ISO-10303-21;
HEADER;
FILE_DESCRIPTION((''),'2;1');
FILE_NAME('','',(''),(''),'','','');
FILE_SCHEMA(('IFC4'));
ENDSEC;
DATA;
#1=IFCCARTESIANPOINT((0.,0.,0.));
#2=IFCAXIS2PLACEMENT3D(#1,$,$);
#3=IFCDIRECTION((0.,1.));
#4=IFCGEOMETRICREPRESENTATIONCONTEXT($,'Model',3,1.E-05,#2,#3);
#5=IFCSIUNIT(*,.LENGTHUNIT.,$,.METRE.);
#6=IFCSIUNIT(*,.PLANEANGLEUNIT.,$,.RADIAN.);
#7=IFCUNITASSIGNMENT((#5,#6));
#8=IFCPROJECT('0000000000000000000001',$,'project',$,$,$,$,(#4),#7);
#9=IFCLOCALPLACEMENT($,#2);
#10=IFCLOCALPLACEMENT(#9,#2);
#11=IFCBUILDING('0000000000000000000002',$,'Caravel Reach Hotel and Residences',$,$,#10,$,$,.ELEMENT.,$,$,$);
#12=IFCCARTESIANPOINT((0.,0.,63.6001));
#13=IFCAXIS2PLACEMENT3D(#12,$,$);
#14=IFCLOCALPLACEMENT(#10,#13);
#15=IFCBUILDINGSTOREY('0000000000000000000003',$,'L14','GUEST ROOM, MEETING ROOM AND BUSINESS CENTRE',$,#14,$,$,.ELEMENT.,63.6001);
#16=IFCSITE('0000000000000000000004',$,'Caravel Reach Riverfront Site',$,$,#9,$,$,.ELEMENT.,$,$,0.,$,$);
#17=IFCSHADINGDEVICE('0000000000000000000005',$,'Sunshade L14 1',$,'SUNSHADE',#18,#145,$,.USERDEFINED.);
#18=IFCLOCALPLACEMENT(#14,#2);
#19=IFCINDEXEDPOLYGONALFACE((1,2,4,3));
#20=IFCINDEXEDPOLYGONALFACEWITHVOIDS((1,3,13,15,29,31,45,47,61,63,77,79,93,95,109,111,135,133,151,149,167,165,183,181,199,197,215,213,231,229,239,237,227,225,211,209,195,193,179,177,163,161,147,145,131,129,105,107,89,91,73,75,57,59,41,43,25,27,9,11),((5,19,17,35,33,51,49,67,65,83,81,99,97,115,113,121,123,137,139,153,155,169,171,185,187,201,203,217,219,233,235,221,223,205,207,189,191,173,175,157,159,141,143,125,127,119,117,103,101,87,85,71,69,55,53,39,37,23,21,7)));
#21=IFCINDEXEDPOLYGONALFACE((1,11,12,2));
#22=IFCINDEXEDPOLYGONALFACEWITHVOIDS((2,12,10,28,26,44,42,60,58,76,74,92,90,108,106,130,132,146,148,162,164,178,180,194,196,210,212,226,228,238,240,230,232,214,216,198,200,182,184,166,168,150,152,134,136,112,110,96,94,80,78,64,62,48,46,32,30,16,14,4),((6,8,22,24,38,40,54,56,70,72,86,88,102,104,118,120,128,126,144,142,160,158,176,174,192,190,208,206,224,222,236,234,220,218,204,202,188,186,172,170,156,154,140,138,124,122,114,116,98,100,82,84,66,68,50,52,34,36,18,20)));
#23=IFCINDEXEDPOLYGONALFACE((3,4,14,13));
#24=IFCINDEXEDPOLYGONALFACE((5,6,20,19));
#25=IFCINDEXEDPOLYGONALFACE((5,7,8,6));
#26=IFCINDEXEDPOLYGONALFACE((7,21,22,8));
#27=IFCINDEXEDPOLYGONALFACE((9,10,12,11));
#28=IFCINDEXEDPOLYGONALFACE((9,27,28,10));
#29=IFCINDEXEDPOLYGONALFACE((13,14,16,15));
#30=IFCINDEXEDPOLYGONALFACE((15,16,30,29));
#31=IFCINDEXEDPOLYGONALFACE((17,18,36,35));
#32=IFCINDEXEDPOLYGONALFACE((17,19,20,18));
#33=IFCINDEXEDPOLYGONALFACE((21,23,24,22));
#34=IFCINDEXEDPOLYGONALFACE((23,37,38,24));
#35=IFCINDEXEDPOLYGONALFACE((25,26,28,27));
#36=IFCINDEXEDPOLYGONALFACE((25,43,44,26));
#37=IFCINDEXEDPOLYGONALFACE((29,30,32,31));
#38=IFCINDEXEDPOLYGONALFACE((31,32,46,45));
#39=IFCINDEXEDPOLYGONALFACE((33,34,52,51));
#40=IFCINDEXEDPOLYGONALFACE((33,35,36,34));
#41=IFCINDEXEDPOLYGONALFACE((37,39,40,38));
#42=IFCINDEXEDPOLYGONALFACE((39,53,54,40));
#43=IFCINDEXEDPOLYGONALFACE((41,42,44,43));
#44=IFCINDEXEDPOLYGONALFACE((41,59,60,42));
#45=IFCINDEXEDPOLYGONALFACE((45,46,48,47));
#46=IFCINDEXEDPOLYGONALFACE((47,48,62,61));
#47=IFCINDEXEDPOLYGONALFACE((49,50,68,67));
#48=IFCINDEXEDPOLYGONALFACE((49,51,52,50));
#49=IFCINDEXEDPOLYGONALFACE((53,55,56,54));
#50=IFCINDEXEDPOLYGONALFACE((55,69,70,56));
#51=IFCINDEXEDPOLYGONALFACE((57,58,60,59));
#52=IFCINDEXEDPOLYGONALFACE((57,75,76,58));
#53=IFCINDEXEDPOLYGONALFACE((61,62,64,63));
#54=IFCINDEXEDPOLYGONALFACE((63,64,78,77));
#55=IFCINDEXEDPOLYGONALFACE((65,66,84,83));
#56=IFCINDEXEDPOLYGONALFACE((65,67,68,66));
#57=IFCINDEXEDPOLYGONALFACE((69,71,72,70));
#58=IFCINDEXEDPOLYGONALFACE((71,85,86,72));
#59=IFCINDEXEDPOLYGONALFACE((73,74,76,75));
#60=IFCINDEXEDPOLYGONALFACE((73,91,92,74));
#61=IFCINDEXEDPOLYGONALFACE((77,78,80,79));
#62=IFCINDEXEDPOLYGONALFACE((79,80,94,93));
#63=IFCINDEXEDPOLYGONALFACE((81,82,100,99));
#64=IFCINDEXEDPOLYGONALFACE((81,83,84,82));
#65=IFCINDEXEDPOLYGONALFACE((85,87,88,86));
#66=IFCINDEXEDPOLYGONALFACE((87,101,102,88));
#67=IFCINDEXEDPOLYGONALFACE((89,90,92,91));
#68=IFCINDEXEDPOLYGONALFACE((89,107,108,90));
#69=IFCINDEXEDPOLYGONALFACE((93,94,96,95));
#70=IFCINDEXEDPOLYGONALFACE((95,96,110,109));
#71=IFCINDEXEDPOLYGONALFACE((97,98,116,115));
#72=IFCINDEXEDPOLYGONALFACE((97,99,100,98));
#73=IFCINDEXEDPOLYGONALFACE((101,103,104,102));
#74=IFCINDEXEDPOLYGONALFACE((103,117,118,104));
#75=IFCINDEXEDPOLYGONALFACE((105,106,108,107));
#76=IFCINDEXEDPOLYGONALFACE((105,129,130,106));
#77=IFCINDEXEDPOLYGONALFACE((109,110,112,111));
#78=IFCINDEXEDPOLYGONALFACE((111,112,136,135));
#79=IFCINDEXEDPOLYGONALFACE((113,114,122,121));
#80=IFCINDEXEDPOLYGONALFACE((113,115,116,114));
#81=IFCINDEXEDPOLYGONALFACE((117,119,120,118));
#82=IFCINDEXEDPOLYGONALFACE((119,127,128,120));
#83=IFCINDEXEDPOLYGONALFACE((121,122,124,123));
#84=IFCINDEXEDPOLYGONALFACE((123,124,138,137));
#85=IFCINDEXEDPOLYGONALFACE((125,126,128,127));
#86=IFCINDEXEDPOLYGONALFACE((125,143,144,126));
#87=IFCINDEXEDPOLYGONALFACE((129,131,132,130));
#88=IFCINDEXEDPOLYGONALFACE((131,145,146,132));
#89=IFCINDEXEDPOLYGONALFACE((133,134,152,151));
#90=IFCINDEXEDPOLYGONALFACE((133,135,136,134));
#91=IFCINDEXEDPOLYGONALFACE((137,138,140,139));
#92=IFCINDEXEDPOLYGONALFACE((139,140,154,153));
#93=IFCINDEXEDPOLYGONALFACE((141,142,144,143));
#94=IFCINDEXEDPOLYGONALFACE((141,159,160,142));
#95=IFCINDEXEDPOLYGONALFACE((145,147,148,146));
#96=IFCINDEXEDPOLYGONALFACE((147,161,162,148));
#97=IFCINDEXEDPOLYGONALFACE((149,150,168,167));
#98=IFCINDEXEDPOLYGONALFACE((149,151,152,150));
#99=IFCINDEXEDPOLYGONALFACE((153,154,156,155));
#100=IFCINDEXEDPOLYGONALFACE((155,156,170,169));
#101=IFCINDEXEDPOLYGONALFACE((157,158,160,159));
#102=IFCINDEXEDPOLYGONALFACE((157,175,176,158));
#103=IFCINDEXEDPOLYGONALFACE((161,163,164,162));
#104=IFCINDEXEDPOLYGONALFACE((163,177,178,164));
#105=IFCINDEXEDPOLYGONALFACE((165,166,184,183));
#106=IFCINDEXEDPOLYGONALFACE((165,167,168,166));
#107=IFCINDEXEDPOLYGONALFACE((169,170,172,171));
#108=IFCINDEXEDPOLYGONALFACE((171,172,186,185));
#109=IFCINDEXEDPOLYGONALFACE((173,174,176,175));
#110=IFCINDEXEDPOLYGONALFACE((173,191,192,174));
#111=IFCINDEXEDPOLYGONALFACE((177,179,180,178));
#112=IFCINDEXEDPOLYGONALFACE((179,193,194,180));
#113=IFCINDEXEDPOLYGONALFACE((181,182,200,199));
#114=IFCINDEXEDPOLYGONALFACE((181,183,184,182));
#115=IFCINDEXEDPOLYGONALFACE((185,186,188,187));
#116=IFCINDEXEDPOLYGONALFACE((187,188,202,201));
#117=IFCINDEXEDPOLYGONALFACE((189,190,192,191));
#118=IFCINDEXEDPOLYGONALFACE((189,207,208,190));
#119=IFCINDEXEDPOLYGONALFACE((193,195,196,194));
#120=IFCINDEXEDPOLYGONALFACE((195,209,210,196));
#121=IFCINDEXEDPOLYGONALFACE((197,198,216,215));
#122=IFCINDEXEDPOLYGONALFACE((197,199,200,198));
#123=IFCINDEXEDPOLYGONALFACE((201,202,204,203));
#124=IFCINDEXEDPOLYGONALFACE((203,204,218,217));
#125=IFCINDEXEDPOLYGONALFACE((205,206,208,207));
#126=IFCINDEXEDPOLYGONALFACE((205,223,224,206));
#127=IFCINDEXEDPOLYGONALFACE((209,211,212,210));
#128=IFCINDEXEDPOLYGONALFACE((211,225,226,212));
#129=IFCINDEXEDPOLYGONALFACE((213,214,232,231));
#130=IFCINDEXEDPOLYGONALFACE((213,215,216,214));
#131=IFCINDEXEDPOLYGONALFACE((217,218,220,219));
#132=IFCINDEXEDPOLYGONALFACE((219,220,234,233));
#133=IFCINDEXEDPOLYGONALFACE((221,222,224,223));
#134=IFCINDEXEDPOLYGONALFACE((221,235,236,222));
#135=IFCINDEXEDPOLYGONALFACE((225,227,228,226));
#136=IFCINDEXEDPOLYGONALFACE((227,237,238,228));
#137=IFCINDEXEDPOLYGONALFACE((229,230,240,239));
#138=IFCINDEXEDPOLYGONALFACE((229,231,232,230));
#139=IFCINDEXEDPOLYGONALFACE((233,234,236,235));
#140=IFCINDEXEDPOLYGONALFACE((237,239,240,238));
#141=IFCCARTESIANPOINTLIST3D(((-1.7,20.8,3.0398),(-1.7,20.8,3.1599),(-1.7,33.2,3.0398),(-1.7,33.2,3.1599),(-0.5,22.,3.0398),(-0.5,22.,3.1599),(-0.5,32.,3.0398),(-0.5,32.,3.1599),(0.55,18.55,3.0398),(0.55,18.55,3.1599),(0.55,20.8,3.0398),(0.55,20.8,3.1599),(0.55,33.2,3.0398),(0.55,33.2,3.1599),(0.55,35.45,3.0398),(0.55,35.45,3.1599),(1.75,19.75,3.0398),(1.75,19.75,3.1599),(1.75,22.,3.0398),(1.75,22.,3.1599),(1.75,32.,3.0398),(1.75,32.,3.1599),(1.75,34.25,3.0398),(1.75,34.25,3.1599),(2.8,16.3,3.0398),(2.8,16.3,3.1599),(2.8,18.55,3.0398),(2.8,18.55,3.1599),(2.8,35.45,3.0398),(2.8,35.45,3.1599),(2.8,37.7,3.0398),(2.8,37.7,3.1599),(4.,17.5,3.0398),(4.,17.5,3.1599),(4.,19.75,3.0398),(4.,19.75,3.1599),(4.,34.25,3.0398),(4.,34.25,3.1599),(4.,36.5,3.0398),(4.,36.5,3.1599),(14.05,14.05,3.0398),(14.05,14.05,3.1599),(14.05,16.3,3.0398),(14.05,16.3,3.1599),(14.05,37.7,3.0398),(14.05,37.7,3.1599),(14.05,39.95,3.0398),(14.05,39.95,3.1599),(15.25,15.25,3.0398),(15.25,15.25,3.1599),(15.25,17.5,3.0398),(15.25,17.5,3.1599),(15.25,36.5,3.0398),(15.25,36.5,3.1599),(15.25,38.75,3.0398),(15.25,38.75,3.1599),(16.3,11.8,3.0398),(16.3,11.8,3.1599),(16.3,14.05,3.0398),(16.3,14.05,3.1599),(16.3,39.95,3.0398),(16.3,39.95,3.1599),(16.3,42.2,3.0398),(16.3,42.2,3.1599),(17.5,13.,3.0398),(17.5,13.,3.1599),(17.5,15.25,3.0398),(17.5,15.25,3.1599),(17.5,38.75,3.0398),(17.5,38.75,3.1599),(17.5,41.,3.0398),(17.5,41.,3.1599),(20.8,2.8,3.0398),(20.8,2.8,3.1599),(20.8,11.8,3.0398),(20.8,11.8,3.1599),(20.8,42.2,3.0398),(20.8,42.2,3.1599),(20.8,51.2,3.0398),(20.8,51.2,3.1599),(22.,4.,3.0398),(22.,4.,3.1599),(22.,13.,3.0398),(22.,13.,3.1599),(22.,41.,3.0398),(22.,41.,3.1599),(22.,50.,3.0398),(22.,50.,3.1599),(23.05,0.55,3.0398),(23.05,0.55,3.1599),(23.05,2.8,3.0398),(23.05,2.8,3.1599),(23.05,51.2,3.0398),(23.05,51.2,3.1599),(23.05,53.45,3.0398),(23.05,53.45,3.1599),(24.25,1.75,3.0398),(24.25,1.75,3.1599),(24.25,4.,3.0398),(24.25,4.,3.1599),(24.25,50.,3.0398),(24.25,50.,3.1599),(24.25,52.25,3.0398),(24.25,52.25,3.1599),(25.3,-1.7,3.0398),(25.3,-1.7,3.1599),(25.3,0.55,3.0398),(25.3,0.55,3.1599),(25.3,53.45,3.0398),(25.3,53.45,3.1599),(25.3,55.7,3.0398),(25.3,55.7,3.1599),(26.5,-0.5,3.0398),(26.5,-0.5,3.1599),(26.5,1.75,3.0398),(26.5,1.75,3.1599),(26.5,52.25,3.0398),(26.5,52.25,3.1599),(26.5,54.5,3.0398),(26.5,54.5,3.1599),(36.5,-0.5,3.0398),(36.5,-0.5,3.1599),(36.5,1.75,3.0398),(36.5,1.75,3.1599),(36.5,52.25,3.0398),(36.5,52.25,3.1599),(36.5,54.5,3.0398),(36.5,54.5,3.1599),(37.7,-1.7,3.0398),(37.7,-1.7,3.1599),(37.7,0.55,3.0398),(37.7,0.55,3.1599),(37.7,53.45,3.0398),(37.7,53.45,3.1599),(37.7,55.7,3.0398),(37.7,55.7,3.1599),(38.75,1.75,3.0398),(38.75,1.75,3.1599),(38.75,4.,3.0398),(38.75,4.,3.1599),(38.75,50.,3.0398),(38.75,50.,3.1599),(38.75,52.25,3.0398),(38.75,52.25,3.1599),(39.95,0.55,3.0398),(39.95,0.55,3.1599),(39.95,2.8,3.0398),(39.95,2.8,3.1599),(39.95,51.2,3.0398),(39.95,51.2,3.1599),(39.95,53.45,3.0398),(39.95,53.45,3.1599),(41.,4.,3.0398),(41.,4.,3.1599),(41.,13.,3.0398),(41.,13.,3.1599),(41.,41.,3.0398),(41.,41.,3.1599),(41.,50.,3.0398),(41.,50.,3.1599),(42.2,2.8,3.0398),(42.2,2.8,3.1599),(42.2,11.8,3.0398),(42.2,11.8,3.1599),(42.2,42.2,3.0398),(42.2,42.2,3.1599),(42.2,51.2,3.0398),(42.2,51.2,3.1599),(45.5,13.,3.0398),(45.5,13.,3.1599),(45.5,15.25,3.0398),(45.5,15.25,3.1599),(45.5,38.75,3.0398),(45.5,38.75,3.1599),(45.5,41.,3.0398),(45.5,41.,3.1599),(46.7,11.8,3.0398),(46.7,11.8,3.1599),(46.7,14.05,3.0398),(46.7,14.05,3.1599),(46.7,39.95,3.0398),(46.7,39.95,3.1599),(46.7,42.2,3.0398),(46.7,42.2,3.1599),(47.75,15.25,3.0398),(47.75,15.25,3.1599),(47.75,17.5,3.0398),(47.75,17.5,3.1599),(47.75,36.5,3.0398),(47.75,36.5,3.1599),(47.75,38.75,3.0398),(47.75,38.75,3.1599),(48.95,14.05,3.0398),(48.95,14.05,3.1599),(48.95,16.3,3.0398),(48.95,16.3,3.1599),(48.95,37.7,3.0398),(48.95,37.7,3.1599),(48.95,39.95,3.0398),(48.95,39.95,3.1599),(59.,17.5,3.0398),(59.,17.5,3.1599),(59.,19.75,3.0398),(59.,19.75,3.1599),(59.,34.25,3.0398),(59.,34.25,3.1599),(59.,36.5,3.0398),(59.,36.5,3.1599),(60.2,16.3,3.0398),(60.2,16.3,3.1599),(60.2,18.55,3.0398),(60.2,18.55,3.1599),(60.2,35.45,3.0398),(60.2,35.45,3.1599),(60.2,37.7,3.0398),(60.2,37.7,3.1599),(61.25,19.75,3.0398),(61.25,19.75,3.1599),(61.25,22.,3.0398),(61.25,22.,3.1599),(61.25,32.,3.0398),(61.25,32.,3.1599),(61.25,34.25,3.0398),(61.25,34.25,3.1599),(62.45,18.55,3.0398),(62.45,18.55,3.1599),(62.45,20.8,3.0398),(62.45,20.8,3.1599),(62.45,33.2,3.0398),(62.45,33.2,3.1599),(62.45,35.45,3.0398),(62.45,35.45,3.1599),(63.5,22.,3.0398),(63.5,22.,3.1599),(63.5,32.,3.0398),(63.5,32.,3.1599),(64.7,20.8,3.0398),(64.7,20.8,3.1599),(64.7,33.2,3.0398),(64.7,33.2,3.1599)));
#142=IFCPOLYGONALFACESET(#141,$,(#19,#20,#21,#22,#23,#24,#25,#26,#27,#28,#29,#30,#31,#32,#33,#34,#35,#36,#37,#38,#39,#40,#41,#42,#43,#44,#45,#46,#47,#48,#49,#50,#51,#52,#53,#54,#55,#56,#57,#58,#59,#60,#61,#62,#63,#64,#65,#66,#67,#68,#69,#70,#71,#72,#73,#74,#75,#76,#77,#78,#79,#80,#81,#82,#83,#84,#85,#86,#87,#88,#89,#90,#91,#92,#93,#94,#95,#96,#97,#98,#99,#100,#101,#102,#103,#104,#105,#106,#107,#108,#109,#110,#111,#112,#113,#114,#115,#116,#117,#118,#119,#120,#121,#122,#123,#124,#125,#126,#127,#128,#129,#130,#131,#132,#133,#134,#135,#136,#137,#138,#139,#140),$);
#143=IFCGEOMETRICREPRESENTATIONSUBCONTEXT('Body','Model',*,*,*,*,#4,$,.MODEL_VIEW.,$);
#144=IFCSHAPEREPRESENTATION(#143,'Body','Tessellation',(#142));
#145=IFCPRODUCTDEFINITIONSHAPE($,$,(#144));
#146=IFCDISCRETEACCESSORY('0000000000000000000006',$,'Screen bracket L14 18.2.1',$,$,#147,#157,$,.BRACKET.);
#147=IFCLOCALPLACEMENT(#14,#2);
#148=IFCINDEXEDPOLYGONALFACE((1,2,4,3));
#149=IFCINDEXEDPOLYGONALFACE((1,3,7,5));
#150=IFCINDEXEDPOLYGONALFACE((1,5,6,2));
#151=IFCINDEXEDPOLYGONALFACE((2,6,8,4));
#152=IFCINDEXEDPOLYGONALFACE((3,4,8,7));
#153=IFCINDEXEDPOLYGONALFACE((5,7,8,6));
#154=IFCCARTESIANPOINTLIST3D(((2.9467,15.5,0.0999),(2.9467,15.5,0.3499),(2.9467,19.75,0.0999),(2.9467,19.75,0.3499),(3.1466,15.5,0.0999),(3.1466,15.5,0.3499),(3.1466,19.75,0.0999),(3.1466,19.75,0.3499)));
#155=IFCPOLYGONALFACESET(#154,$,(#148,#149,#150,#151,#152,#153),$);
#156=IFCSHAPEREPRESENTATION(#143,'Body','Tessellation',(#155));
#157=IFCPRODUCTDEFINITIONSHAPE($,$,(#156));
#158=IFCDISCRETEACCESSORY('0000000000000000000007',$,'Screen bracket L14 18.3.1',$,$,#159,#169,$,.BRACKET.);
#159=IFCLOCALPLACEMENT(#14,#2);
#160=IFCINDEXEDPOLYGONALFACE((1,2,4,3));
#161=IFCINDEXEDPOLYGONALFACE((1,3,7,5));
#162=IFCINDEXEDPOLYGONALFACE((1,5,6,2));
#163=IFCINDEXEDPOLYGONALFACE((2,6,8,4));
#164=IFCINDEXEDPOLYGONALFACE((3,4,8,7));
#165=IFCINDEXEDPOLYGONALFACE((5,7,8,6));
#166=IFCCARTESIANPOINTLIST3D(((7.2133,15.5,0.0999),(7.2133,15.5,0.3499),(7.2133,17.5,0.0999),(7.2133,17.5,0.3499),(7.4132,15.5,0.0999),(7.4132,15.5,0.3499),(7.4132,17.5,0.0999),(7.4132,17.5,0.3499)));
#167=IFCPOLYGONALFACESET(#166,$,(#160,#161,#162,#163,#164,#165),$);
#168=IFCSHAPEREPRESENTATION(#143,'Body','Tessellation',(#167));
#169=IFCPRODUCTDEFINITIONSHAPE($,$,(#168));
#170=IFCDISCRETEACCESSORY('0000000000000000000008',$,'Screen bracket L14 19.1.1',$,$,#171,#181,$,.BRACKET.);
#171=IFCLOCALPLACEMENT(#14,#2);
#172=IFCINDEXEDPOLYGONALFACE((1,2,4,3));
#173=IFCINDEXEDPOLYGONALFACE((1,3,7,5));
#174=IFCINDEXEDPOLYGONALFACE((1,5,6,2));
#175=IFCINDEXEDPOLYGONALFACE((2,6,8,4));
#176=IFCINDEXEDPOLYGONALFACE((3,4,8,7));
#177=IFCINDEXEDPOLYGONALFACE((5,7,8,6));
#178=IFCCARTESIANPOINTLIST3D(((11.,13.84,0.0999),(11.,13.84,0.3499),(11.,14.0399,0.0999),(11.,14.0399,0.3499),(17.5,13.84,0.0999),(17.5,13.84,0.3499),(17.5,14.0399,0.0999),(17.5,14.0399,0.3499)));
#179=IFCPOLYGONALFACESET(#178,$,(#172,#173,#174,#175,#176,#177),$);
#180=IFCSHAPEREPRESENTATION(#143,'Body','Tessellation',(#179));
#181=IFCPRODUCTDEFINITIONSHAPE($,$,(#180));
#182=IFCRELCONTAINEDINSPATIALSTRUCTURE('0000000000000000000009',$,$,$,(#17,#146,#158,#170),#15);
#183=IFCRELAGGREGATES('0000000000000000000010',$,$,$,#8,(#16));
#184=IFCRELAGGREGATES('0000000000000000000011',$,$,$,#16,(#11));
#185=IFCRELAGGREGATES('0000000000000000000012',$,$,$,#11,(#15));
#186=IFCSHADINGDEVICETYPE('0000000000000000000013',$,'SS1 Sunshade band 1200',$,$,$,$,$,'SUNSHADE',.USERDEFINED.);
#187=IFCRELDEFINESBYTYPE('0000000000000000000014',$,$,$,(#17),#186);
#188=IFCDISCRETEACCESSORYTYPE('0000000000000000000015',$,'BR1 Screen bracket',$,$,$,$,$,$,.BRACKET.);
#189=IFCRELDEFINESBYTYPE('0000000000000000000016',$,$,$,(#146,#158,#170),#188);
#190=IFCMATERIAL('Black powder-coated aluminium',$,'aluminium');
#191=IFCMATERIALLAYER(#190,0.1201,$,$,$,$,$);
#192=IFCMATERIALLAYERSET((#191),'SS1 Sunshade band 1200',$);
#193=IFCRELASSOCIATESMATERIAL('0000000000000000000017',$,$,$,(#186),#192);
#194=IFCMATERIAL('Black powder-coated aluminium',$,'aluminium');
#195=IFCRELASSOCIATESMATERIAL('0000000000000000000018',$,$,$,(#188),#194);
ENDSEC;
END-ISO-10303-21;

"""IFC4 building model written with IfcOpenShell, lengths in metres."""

from ifc_helpers import new_model, si_unit, direction, frame, origin, origin_2d, place, context, subcontext, project, spatial, polyline, rectangle, outline, extrude, material, layer, layer_set, type_object, element, save


model = new_model("IFC4")

# Units and contexts
model_context = context("Model", 3, precision=1e-05, world=origin(), true_north=direction((0.0, 1.0)))
body_context = subcontext(model_context, "Body", "Model", "MODEL_VIEW")
ifc_project = project(units=[si_unit("LENGTHUNIT", "METRE"), si_unit("PLANEANGLEUNIT", "RADIAN")], contexts=[model_context])

# Site, building, storey
site_placement = place(None, origin())
site = spatial("IfcSite", under=ifc_project, at=site_placement, Name="Caravel Reach Riverfront Site", CompositionType="ELEMENT", RefElevation=0.0)
building_placement = place(site_placement, origin())
building = spatial("IfcBuilding", under=site, at=building_placement, Name="Caravel Reach Hotel and Residences", CompositionType="ELEMENT")
storey_placement = place(building_placement, frame((0.0, 0.0, 63.6001)))
storey = spatial("IfcBuildingStorey", under=building, at=storey_placement, Name="L14", Description="GUEST ROOM, MEETING ROOM AND BUSINESS CENTRE", CompositionType="ELEMENT", Elevation=63.6001)

# Shading device
ifc_material_1 = material(Name="Black powder-coated aluminium", Category="aluminium")
ifc_layer_1 = layer(ifc_material_1, 0.1201)
ifc_layer_set_1 = layer_set([ifc_layer_1], Name="SS1 Sunshade band 1200")
shading_device_type_1 = type_object("IfcShadingDeviceType", Name="SS1 Sunshade band 1200", ElementType="SUNSHADE", PredefinedType="USERDEFINED", material=ifc_layer_set_1)
shading_device_1_placement = place(storey_placement, frame((0.0, 0.0, 3.0398)))
element("IfcShadingDevice", 1, at=shading_device_1_placement, inside=storey, type_object=shading_device_type_1, Name="Sunshade L14 1", ObjectType="SUNSHADE", PredefinedType="USERDEFINED", context=body_context, shape_type="SweptSolid", body=[
    extrude(outline(polyline([(20.8, 11.8), (20.8, 2.8), (23.05, 2.8), (23.05, 0.55), (25.3, 0.55), (25.3, -1.7), (37.7, -1.7), (37.7, 0.55), (39.95, 0.55), (39.95, 2.8), (42.2, 2.8), (42.2, 11.8), (46.7, 11.8), (46.7, 14.05), (48.95, 14.05), (48.95, 16.3), (60.2, 16.3), (60.2, 18.55), (62.45, 18.55), (62.45, 20.8), (64.7, 20.8), (64.7, 33.2), (62.45, 33.2), (62.45, 35.45), (60.2, 35.45), (60.2, 37.7), (48.95, 37.7), (48.95, 39.95), (46.7, 39.95), (46.7, 42.2), (42.2, 42.2), (42.2, 51.2), (39.95, 51.2), (39.95, 53.45), (37.7, 53.45), (37.7, 55.7), (25.3, 55.7), (25.3, 53.45), (23.05, 53.45), (23.05, 51.2), (20.8, 51.2), (20.8, 42.2), (16.3, 42.2), (16.3, 39.95), (14.05, 39.95), (14.05, 37.7), (2.8, 37.7), (2.8, 35.45), (0.55, 35.45), (0.55, 33.2), (-1.7, 33.2), (-1.7, 20.8), (0.55, 20.8), (0.55, 18.55), (2.8, 18.55), (2.8, 16.3), (14.05, 16.3), (14.05, 14.05), (16.3, 14.05), (16.3, 11.8), (20.8, 11.8)]), holes=[polyline([(24.25, 4.0), (22.0, 4.0), (22.0, 13.0), (17.5, 13.0), (17.5, 15.25), (15.25, 15.25), (15.25, 17.5), (4.0, 17.5), (4.0, 19.75), (1.75, 19.75), (1.75, 22.0), (-0.5, 22.0), (-0.5, 32.0), (1.75, 32.0), (1.75, 34.25), (4.0, 34.25), (4.0, 36.5), (15.25, 36.5), (15.25, 38.75), (17.5, 38.75), (17.5, 41.0), (22.0, 41.0), (22.0, 50.0), (24.25, 50.0), (24.25, 52.25), (26.5, 52.25), (26.5, 54.5), (36.5, 54.5), (36.5, 52.25), (38.75, 52.25), (38.75, 50.0), (41.0, 50.0), (41.0, 41.0), (45.5, 41.0), (45.5, 38.75), (47.75, 38.75), (47.75, 36.5), (59.0, 36.5), (59.0, 34.25), (61.25, 34.25), (61.25, 32.0), (63.5, 32.0), (63.5, 22.0), (61.25, 22.0), (61.25, 19.75), (59.0, 19.75), (59.0, 17.5), (47.75, 17.5), (47.75, 15.25), (45.5, 15.25), (45.5, 13.0), (41.0, 13.0), (41.0, 4.0), (38.75, 4.0), (38.75, 1.75), (36.5, 1.75), (36.5, -0.5), (26.5, -0.5), (26.5, 1.75), (24.25, 1.75), (24.25, 4.0)])]), origin(), (0.0, 0.0, 1.0), 0.1201),
])

# Discrete accessories
ifc_material_2 = material(Name="Black powder-coated aluminium", Category="aluminium")
discrete_accessory_type = type_object("IfcDiscreteAccessoryType", Name="BR1 Screen bracket", PredefinedType="BRACKET", material=ifc_material_2)
discrete_accessory_1_placement = place(storey_placement, frame((3.0466, 17.625, 0.0999), z_axis=(0.0, 0.0, 1.0), x_axis=(0.0, -1.0, 0.0)))
element("IfcDiscreteAccessory", 2, at=discrete_accessory_1_placement, inside=storey, type_object=discrete_accessory_type, Name="Screen bracket L14 18.2.1", PredefinedType="BRACKET", context=body_context, shape_type="SweptSolid", body=[
    extrude(rectangle(XDim=4.25, YDim=0.2, at=origin_2d()), origin(), (0.0, 0.0, 1.0), 0.25),
])
discrete_accessory_2_placement = place(storey_placement, frame((7.3132, 16.5, 0.0999), z_axis=(0.0, 0.0, 1.0), x_axis=(0.0, -1.0, 0.0)))
element("IfcDiscreteAccessory", 3, at=discrete_accessory_2_placement, inside=storey, type_object=discrete_accessory_type, Name="Screen bracket L14 18.3.1", PredefinedType="BRACKET", context=body_context, shape_type="SweptSolid", body=[
    extrude(rectangle(XDim=2.0, YDim=0.2, at=origin_2d()), origin(), (0.0, 0.0, 1.0), 0.25),
])
for number, where, z_axis, x_axis, name in (
    (4, (14.25, 13.9399, 0.0999), (0.0, 0.0, 1.0), (-1.0, 0.0, 0.0), "Screen bracket L14 19.1.1"),
):
    element("IfcDiscreteAccessory", number, at=place(storey_placement, frame(where, z_axis=z_axis, x_axis=x_axis)), inside=storey, type_object=discrete_accessory_type, Name=name, PredefinedType="BRACKET", context=body_context, shape_type="SweptSolid", body=[
        extrude(rectangle(XDim=6.5, YDim=0.2, at=origin_2d()), origin(), (0.0, 0.0, 1.0), 0.25),
    ])

save(model, "model.ifc")
